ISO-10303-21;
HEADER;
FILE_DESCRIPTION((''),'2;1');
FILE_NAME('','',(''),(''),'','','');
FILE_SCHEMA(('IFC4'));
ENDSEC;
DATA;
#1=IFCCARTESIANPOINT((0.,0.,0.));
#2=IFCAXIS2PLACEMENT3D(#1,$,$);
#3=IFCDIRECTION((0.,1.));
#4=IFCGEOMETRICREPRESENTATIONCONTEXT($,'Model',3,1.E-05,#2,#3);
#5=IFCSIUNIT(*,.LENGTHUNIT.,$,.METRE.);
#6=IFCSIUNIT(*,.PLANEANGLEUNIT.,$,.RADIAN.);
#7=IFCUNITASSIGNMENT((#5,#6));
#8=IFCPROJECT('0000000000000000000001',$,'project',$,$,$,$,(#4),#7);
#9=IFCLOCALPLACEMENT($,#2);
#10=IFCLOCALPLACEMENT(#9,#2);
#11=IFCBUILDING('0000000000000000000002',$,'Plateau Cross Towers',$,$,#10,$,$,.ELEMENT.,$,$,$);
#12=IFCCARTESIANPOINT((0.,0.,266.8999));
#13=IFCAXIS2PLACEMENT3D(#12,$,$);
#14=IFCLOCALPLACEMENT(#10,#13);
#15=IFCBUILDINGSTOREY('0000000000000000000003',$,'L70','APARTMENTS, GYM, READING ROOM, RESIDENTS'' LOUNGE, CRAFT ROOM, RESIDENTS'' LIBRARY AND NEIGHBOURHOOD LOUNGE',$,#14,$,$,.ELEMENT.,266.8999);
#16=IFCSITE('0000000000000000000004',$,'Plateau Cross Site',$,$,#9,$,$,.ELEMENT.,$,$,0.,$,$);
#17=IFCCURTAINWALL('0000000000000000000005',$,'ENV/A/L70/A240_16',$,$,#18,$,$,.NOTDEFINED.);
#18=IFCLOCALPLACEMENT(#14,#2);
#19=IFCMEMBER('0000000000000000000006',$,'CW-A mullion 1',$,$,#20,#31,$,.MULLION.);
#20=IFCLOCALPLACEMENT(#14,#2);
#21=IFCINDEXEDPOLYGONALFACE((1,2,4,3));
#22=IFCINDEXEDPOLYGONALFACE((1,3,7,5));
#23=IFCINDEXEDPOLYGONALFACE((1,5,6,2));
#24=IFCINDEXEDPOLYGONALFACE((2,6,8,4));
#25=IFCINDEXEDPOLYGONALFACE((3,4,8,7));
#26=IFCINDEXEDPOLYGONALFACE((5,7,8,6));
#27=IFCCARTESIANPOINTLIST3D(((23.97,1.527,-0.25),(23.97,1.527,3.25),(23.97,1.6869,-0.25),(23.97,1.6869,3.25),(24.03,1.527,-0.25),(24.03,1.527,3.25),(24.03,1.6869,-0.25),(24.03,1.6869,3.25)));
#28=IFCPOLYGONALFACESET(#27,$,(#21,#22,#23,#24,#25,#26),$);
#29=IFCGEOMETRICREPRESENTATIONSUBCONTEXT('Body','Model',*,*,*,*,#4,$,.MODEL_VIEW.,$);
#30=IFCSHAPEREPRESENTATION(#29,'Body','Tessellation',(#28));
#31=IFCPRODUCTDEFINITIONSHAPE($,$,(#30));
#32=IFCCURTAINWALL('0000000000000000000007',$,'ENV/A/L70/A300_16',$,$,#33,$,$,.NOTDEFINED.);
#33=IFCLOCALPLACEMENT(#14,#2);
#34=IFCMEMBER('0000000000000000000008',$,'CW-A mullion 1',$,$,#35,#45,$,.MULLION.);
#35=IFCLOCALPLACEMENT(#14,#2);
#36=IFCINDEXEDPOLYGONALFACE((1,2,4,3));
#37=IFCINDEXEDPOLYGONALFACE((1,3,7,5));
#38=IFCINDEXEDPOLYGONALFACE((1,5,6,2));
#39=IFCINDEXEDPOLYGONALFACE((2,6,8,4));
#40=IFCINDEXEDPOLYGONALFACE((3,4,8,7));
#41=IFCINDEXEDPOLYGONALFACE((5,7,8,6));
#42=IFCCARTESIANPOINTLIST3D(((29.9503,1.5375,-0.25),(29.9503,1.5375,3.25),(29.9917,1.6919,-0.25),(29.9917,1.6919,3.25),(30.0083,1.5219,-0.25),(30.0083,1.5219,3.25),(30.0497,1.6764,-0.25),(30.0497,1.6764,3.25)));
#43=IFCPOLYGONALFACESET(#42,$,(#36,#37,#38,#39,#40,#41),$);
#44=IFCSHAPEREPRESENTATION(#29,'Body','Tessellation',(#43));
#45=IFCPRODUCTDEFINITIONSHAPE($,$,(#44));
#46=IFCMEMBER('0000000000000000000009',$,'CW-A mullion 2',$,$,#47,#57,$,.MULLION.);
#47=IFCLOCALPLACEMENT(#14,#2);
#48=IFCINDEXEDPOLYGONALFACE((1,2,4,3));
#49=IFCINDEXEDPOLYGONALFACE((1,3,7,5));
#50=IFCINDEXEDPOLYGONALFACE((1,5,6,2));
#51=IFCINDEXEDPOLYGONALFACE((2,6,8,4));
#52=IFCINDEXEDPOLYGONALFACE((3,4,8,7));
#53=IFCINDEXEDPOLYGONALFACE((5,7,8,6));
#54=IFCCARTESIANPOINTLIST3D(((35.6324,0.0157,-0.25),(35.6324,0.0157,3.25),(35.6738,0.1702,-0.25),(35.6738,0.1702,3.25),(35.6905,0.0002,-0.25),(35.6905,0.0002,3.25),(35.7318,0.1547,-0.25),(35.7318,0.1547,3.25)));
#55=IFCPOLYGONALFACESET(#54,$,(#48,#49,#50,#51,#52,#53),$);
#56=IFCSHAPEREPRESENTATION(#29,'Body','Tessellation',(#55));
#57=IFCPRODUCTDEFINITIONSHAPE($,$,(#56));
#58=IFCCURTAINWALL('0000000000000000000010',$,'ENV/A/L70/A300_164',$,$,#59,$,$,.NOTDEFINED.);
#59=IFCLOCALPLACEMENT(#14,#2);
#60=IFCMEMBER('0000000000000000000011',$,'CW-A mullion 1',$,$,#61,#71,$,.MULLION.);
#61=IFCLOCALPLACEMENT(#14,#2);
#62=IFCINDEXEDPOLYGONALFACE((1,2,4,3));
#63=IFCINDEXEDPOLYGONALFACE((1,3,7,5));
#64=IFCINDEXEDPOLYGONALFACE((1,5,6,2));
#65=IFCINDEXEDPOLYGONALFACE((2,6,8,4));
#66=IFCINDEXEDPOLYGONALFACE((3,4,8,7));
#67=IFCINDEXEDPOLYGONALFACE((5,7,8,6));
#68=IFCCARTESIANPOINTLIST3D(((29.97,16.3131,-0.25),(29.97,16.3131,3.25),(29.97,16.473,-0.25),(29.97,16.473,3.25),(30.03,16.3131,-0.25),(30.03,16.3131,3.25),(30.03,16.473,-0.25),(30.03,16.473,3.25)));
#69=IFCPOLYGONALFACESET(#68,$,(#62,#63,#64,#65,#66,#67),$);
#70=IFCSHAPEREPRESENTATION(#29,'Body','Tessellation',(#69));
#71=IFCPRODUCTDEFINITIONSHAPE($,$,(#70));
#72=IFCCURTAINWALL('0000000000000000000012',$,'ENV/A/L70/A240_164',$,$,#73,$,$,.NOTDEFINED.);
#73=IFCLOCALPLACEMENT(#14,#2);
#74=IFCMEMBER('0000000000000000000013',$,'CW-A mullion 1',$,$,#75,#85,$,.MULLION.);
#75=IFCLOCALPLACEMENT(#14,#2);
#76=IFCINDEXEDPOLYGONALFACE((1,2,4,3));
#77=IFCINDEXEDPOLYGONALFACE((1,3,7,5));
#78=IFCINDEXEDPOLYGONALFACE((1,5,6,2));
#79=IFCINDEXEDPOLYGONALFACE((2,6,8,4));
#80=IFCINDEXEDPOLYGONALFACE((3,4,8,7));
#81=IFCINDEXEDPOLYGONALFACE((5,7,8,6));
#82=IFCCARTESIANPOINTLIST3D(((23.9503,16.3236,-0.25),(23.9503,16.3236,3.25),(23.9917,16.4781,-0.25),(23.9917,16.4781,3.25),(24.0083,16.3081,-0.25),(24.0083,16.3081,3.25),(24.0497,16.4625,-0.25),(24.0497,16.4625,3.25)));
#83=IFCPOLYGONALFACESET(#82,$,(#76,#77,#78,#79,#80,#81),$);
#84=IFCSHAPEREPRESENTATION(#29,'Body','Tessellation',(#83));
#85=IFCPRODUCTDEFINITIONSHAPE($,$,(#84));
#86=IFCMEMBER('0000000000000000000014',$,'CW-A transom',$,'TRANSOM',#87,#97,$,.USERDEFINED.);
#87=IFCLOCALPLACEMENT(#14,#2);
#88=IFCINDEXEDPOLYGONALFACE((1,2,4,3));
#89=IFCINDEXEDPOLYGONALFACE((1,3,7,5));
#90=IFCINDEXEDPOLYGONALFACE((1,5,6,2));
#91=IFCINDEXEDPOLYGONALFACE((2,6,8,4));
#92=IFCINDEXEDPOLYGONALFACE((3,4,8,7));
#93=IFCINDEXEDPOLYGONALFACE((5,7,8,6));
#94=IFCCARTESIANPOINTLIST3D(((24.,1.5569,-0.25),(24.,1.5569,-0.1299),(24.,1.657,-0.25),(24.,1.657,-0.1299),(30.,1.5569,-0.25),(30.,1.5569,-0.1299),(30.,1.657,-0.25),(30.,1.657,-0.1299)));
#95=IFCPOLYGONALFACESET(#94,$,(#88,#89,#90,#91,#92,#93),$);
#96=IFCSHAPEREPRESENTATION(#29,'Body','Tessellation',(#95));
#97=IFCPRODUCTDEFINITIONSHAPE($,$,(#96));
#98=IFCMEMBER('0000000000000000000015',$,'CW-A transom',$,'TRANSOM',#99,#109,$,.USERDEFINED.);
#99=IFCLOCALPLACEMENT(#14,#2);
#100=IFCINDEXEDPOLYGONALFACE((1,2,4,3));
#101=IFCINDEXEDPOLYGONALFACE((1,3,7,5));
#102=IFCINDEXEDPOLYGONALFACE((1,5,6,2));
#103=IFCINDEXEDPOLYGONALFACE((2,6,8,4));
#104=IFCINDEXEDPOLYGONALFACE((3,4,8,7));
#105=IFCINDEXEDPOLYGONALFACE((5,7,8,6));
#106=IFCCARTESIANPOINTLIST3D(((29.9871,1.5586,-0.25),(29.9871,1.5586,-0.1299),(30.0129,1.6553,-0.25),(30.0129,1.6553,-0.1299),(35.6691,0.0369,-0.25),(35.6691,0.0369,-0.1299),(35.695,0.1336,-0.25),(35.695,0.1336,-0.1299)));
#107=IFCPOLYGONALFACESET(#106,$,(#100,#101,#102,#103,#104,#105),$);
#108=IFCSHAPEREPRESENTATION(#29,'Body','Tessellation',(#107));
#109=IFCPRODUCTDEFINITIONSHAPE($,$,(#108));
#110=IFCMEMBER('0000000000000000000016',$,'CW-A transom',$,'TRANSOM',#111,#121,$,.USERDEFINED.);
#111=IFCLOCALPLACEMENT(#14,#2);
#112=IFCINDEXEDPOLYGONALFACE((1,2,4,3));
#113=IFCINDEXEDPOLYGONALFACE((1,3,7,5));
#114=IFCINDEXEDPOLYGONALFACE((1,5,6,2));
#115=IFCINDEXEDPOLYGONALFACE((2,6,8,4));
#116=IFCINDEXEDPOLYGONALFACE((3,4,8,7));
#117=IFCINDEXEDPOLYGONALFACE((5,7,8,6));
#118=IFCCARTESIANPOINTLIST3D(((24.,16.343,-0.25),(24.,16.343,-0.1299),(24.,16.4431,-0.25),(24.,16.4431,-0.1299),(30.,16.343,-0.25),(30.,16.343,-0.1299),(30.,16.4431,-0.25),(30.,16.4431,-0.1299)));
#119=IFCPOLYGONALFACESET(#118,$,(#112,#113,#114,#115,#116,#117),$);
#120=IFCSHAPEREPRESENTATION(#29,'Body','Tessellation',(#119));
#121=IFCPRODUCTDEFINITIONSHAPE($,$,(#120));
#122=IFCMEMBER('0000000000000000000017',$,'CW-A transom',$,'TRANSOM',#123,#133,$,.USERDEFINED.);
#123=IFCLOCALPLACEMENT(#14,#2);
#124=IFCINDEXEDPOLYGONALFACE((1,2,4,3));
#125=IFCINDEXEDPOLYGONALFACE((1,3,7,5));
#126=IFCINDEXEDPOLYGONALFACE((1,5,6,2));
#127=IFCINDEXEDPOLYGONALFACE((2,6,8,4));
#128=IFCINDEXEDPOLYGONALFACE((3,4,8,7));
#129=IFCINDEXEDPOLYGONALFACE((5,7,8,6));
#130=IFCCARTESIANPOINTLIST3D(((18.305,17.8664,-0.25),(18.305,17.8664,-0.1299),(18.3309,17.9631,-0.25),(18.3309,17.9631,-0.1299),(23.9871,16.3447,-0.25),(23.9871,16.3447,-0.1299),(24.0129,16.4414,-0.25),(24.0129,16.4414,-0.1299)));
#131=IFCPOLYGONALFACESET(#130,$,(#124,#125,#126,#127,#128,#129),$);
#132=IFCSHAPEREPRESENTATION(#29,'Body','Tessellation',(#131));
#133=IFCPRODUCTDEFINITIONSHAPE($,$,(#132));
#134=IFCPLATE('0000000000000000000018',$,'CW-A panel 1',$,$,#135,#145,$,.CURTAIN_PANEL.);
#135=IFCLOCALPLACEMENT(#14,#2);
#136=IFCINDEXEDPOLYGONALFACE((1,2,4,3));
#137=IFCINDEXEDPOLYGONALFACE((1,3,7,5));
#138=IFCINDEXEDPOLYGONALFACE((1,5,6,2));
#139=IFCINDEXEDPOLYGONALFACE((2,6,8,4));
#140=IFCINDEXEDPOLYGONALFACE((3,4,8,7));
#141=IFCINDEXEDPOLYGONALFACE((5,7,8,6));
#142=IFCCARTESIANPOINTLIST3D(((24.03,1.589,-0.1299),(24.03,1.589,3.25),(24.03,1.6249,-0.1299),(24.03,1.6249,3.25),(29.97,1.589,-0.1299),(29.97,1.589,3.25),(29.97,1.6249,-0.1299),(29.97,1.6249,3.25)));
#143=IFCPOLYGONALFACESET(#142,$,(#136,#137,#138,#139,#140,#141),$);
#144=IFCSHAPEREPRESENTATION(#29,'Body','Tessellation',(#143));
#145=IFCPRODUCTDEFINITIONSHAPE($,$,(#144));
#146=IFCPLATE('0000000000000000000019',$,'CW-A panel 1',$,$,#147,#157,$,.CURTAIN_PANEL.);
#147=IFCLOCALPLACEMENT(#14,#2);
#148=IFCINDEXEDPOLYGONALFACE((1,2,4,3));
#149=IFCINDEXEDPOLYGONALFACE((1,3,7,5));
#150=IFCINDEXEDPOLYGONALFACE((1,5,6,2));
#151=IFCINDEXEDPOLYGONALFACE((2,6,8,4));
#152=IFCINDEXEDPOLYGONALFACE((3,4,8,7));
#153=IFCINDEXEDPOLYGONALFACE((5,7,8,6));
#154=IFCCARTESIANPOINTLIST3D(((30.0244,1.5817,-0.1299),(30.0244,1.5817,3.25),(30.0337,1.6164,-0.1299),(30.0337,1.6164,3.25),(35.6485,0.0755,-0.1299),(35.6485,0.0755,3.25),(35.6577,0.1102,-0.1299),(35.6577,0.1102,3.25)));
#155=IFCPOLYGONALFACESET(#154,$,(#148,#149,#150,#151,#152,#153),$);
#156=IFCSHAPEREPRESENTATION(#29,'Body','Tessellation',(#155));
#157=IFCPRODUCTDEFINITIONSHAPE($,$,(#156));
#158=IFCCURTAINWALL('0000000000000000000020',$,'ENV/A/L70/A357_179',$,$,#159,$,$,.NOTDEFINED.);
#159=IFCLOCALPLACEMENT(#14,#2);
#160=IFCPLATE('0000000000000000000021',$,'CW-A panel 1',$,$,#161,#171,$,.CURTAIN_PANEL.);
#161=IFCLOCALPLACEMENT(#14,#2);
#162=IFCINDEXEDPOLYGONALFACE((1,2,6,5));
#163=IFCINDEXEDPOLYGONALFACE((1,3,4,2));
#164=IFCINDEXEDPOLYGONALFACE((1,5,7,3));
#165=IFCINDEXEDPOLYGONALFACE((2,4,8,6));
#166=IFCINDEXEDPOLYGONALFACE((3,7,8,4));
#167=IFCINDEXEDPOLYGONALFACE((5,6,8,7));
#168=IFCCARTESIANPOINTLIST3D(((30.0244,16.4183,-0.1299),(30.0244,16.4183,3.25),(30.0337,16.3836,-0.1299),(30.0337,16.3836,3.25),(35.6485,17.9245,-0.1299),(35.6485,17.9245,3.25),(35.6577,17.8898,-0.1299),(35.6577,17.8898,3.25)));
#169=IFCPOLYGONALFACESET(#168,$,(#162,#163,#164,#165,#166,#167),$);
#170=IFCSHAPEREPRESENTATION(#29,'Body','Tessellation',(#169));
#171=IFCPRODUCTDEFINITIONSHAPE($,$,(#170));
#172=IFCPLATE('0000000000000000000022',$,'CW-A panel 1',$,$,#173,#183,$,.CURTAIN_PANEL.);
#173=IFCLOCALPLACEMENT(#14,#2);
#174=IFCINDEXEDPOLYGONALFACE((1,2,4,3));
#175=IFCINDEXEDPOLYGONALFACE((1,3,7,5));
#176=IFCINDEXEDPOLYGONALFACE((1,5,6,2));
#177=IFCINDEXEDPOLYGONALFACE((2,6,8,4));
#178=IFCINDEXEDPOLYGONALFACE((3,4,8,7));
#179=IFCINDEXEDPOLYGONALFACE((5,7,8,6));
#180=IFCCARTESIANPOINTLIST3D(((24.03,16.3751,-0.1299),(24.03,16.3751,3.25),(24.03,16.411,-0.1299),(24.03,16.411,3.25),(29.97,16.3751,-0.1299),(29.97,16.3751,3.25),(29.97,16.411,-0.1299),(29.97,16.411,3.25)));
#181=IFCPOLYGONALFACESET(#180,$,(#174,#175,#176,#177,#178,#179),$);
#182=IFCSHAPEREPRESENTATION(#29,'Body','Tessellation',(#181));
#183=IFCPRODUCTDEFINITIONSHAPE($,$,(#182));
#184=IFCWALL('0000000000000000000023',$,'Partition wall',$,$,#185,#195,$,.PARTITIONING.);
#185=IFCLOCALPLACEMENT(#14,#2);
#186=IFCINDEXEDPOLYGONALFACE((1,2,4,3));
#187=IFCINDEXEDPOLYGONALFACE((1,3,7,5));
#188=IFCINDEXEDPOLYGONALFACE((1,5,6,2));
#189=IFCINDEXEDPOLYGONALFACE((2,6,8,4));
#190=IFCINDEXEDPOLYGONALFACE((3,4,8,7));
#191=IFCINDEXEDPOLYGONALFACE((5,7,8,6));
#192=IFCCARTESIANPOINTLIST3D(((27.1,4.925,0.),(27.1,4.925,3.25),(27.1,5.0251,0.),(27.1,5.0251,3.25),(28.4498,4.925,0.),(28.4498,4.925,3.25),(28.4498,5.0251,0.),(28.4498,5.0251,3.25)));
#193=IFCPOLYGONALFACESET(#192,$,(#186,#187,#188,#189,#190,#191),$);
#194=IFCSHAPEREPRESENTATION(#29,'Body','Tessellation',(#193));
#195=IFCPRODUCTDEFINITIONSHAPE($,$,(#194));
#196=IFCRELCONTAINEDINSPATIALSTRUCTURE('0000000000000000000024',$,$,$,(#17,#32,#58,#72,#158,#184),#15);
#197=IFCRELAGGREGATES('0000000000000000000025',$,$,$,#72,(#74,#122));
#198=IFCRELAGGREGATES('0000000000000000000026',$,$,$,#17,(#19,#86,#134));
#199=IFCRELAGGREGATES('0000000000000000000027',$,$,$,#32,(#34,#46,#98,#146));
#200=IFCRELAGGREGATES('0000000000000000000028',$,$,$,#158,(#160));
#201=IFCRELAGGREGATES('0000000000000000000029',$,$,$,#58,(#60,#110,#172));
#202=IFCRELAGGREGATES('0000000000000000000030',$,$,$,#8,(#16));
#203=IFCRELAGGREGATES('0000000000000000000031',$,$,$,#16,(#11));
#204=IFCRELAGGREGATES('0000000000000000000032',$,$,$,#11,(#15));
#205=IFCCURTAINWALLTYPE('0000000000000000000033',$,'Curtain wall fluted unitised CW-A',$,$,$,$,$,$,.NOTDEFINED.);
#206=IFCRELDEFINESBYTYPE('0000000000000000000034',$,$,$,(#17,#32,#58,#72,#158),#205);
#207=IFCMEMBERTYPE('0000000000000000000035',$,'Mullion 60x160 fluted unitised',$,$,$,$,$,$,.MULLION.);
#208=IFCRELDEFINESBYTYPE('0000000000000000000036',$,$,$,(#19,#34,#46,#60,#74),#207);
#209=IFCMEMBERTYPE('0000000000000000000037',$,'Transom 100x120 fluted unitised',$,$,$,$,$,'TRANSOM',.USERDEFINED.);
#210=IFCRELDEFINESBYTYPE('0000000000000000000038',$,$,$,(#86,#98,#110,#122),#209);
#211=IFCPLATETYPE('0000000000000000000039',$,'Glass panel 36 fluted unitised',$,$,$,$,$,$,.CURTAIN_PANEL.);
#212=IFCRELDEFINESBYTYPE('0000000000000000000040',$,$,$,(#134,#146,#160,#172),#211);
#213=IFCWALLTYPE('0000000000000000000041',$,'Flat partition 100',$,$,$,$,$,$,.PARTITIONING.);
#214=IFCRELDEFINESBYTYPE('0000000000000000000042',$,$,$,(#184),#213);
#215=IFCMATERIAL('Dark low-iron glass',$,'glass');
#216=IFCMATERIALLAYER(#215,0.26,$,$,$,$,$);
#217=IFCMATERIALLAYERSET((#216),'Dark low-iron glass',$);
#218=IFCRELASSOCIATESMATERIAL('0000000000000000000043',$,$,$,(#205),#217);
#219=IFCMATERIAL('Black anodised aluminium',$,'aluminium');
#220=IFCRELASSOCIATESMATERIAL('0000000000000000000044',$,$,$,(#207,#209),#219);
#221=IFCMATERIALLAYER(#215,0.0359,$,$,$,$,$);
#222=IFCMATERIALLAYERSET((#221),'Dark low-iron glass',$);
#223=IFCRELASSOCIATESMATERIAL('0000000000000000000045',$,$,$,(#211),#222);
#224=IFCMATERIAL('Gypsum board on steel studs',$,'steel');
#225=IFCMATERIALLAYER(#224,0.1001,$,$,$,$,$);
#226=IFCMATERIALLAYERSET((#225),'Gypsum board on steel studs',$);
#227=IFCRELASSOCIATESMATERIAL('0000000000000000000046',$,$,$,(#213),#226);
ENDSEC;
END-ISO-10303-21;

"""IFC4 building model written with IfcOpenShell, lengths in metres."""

from ifc_helpers import new_model, si_unit, direction, frame, frame_2d, origin, origin_2d, place, context, subcontext, project, spatial, rectangle, extrude, material, layer, layer_set, material_profile, profile_set, type_object, element, aggregate, save


model = new_model("IFC4")

# Units and contexts
model_context = context("Model", 3, precision=1e-05, world=origin(), true_north=direction((0.0, 1.0)))
body_context = subcontext(model_context, "Body", "Model", "MODEL_VIEW")
ifc_project = project(units=[si_unit("LENGTHUNIT", "METRE"), si_unit("PLANEANGLEUNIT", "RADIAN")], contexts=[model_context])

# Site, building, storey
site_placement = place(None, origin())
site = spatial("IfcSite", under=ifc_project, at=site_placement, Name="Plateau Cross Site", CompositionType="ELEMENT", RefElevation=0.0)
building_placement = place(site_placement, origin())
building = spatial("IfcBuilding", under=site, at=building_placement, Name="Plateau Cross Towers", CompositionType="ELEMENT")
storey_placement = place(building_placement, frame((0.0, 0.0, 266.8999)))
storey = spatial("IfcBuildingStorey", under=building, at=storey_placement, Name="L70", Description="APARTMENTS, GYM, READING ROOM, RESIDENTS' LOUNGE, CRAFT ROOM, RESIDENTS' LIBRARY AND NEIGHBOURHOOD LOUNGE", CompositionType="ELEMENT", Elevation=266.8999)

# Curtain wall, member
ifc_material_1 = material(Name="Dark low-iron glass", Category="glass")
ifc_layer_1 = layer(ifc_material_1, 0.26)
ifc_layer_set_1 = layer_set([ifc_layer_1], Name="Dark low-iron glass")
curtain_wall_type = type_object("IfcCurtainWallType", Name="Curtain wall fluted unitised CW-A", PredefinedType="NOTDEFINED", material=ifc_layer_set_1)
curtain_wall_1_placement = place(storey_placement, origin())
curtain_wall_1 = element("IfcCurtainWall", 1, at=curtain_wall_1_placement, inside=storey, type_object=curtain_wall_type, Name="ENV/A/L70/A240_16", PredefinedType="NOTDEFINED")
ifc_material_2 = material(Name="Black anodised aluminium", Category="aluminium")
ifc_material_profile_1 = material_profile(ifc_material_2, rectangle(XDim=0.0601, YDim=0.1599, at=origin_2d()), Name="MULLION 60x160")
ifc_profile_set_1 = profile_set([ifc_material_profile_1], Name="Black anodised aluminium")
member_type_1 = type_object("IfcMemberType", Name="Mullion 60x160 fluted unitised", PredefinedType="MULLION", material=ifc_profile_set_1)
member_1_placement = place(storey_placement, frame((24.0, 1.6069, -0.25), z_axis=(0.0, 0.0, 1.0), x_axis=(1.0, 0.0, 0.0)))
member_1 = element("IfcMember", 2, at=member_1_placement, type_object=member_type_1, Name="CW-A mullion 1", PredefinedType="MULLION", context=body_context, shape_type="SweptSolid", body=[
    extrude(rectangle(XDim=0.0601, YDim=0.1599, at=origin_2d()), origin(), (0.0, 0.0, 1.0), 3.5),
])

# Curtain wall, members
curtain_wall_2_placement = place(storey_placement, origin())
curtain_wall_2 = element("IfcCurtainWall", 3, at=curtain_wall_2_placement, inside=storey, type_object=curtain_wall_type, Name="ENV/A/L70/A300_16", PredefinedType="NOTDEFINED")
member_2_placement = place(storey_placement, frame((30.0, 1.6069, -0.25), z_axis=(0.0, 0.0, 1.0), x_axis=(0.965958, -0.258699, 0.0)))
member_2 = element("IfcMember", 4, at=member_2_placement, type_object=member_type_1, Name="CW-A mullion 1", PredefinedType="MULLION", context=body_context, shape_type="SweptSolid", body=[
    extrude(rectangle(XDim=0.0601, YDim=0.1599, at=origin_2d()), origin(), (0.0, 0.0, 1.0), 3.5),
])
member_3_placement = place(storey_placement, frame((35.6821, 0.0852, -0.25), z_axis=(0.0, 0.0, 1.0), x_axis=(0.965958, -0.258699, 0.0)))
member_3 = element("IfcMember", 5, at=member_3_placement, type_object=member_type_1, Name="CW-A mullion 2", PredefinedType="MULLION", context=body_context, shape_type="SweptSolid", body=[
    extrude(rectangle(XDim=0.0601, YDim=0.1599, at=origin_2d()), origin(), (0.0, 0.0, 1.0), 3.5),
])

# Curtain walls, members
curtain_wall_3_placement = place(storey_placement, origin())
curtain_wall_3 = element("IfcCurtainWall", 6, at=curtain_wall_3_placement, inside=storey, type_object=curtain_wall_type, Name="ENV/A/L70/A300_164", PredefinedType="NOTDEFINED")
member_4_placement = place(storey_placement, frame((30.0, 16.3931, -0.25), z_axis=(0.0, 0.0, 1.0), x_axis=(-1.0, 0.0, 0.0)))
member_4 = element("IfcMember", 7, at=member_4_placement, type_object=member_type_1, Name="CW-A mullion 1", PredefinedType="MULLION", context=body_context, shape_type="SweptSolid", body=[
    extrude(rectangle(XDim=0.0601, YDim=0.1599, at=origin_2d()), origin(), (0.0, 0.0, 1.0), 3.5),
])
curtain_wall_4_placement = place(storey_placement, origin())
curtain_wall_4 = element("IfcCurtainWall", 8, at=curtain_wall_4_placement, inside=storey, type_object=curtain_wall_type, Name="ENV/A/L70/A240_164", PredefinedType="NOTDEFINED")
member_5_placement = place(storey_placement, frame((24.0, 16.3931, -0.25), z_axis=(0.0, 0.0, 1.0), x_axis=(-0.965958, 0.258699, 0.0)))
member_5 = element("IfcMember", 9, at=member_5_placement, type_object=member_type_1, Name="CW-A mullion 1", PredefinedType="MULLION", context=body_context, shape_type="SweptSolid", body=[
    extrude(rectangle(XDim=0.0601, YDim=0.1599, at=origin_2d()), origin(), (0.0, 0.0, 1.0), 3.5),
])

# Members
ifc_material_profile_2 = material_profile(ifc_material_2, rectangle(XDim=0.1001, YDim=0.1201, at=origin_2d()), Name="TRANSOM 100x120")
ifc_profile_set_2 = profile_set([ifc_material_profile_2], Name="Black anodised aluminium")
member_type_2 = type_object("IfcMemberType", Name="Transom 100x120 fluted unitised", ElementType="TRANSOM", PredefinedType="USERDEFINED", material=ifc_profile_set_2)
member_6_placement = place(storey_placement, frame((24.0, 1.6069, -0.1899), z_axis=(1.0, 0.0, 0.0), x_axis=(0.0, 1.0, 0.0)))
member_6 = element("IfcMember", 10, at=member_6_placement, type_object=member_type_2, Name="CW-A transom", ObjectType="TRANSOM", PredefinedType="USERDEFINED", context=body_context, shape_type="SweptSolid", body=[
    extrude(rectangle(XDim=0.1001, YDim=0.1201, at=origin_2d()), origin(), (0.0, 0.0, 1.0), 6.0),
])
member_7_placement = place(storey_placement, frame((30.0, 1.6069, -0.1899), z_axis=(0.96596, -0.258693, 0.0), x_axis=(0.258693, 0.96596, 0.0)))
member_7 = element("IfcMember", 11, at=member_7_placement, type_object=member_type_2, Name="CW-A transom", ObjectType="TRANSOM", PredefinedType="USERDEFINED", context=body_context, shape_type="SweptSolid", body=[
    extrude(rectangle(XDim=0.1001, YDim=0.1201, at=origin_2d()), origin(), (0.0, 0.0, 1.0), 5.8823),
])
member_8_placement = place(storey_placement, frame((30.0, 16.3931, -0.1899), z_axis=(-1.0, 0.0, 0.0), x_axis=(0.0, -1.0, 0.0)))
member_8 = element("IfcMember", 12, at=member_8_placement, type_object=member_type_2, Name="CW-A transom", ObjectType="TRANSOM", PredefinedType="USERDEFINED", context=body_context, shape_type="SweptSolid", body=[
    extrude(rectangle(XDim=0.1001, YDim=0.1201, at=origin_2d()), origin(), (0.0, 0.0, 1.0), 6.0),
])
member_9_placement = place(storey_placement, frame((24.0, 16.3931, -0.1899), z_axis=(-0.96596, 0.258693, 0.0), x_axis=(-0.258693, -0.96596, 0.0)))
member_9 = element("IfcMember", 13, at=member_9_placement, type_object=member_type_2, Name="CW-A transom", ObjectType="TRANSOM", PredefinedType="USERDEFINED", context=body_context, shape_type="SweptSolid", body=[
    extrude(rectangle(XDim=0.1001, YDim=0.1201, at=origin_2d()), origin(), (0.0, 0.0, 1.0), 5.8823),
])
aggregate(curtain_wall_4, [member_5, member_9])

# Plates
ifc_layer_2 = layer(ifc_material_1, 0.0359)
ifc_layer_set_2 = layer_set([ifc_layer_2], Name="Dark low-iron glass")
plate_type = type_object("IfcPlateType", Name="Glass panel 36 fluted unitised", PredefinedType="CURTAIN_PANEL", material=ifc_layer_set_2)
plate_1_placement = place(storey_placement, frame((27.0, 1.6069, -0.1299), z_axis=(0.0, 0.0, 1.0), x_axis=(1.0, 0.0, 0.0)))
plate_1 = element("IfcPlate", 14, at=plate_1_placement, type_object=plate_type, Name="CW-A panel 1", PredefinedType="CURTAIN_PANEL", context=body_context, shape_type="SweptSolid", body=[
    extrude(rectangle(XDim=5.9399, YDim=0.0359, at=origin_2d()), origin(), (0.0, 0.0, 1.0), 3.3799),
])
aggregate(curtain_wall_1, [member_1, member_6, plate_1])
plate_2_placement = place(storey_placement, frame((32.8411, 0.8459, -0.1299), z_axis=(0.0, 0.0, 1.0), x_axis=(0.965958, -0.258699, 0.0)))
plate_2 = element("IfcPlate", 15, at=plate_2_placement, type_object=plate_type, Name="CW-A panel 1", PredefinedType="CURTAIN_PANEL", context=body_context, shape_type="SweptSolid", body=[
    extrude(rectangle(XDim=5.8223, YDim=0.0359, at=origin_2d()), origin(), (0.0, 0.0, 1.0), 3.3799),
])
aggregate(curtain_wall_2, [member_2, member_3, member_7, plate_2])

# Curtain wall, plate
curtain_wall_5_placement = place(storey_placement, origin())
curtain_wall_5 = element("IfcCurtainWall", 16, at=curtain_wall_5_placement, inside=storey, type_object=curtain_wall_type, Name="ENV/A/L70/A357_179", PredefinedType="NOTDEFINED")
plate_3_placement = place(storey_placement, frame((32.8411, 17.1541, -0.1299), z_axis=(0.0, 0.0, 1.0), x_axis=(-0.965958, -0.258699, 0.0)))
plate_3 = element("IfcPlate", 17, at=plate_3_placement, type_object=plate_type, Name="CW-A panel 1", PredefinedType="CURTAIN_PANEL", context=body_context, shape_type="SweptSolid", body=[
    extrude(rectangle(XDim=5.8223, YDim=0.0359, at=origin_2d()), origin(), (0.0, 0.0, 1.0), 3.3799),
])
aggregate(curtain_wall_5, [plate_3])

# Plate
plate_4_placement = place(storey_placement, frame((27.0, 16.3931, -0.1299), z_axis=(0.0, 0.0, 1.0), x_axis=(-1.0, 0.0, 0.0)))
plate_4 = element("IfcPlate", 18, at=plate_4_placement, type_object=plate_type, Name="CW-A panel 1", PredefinedType="CURTAIN_PANEL", context=body_context, shape_type="SweptSolid", body=[
    extrude(rectangle(XDim=5.9399, YDim=0.0359, at=origin_2d()), origin(), (0.0, 0.0, 1.0), 3.3799),
])
aggregate(curtain_wall_3, [member_4, member_8, plate_4])

# Wall
ifc_material_3 = material(Name="Gypsum board on steel studs", Category="steel")
ifc_layer_3 = layer(ifc_material_3, 0.1001)
ifc_layer_set_3 = layer_set([ifc_layer_3], Name="Gypsum board on steel studs")
wall_type_1 = type_object("IfcWallType", Name="Flat partition 100", PredefinedType="PARTITIONING", material=ifc_layer_set_3)
for number, where, z_axis, x_axis, name in (
    (19, (27.1001, 4.9751, 0.0), (0.0, 0.0, 1.0), (1.0, 0.0, 0.0), "Partition wall"),
):
    element("IfcWall", number, at=place(storey_placement, frame(where, z_axis=z_axis, x_axis=x_axis)), inside=storey, type_object=wall_type_1, Name=name, PredefinedType="PARTITIONING", context=body_context, shape_type="SweptSolid", body=[
        extrude(rectangle(XDim=1.3499, YDim=0.1001, at=frame_2d((0.6748, 0.0))), origin(), (0.0, 0.0, 1.0), 3.25),
    ])

save(model, "model.ifc")
